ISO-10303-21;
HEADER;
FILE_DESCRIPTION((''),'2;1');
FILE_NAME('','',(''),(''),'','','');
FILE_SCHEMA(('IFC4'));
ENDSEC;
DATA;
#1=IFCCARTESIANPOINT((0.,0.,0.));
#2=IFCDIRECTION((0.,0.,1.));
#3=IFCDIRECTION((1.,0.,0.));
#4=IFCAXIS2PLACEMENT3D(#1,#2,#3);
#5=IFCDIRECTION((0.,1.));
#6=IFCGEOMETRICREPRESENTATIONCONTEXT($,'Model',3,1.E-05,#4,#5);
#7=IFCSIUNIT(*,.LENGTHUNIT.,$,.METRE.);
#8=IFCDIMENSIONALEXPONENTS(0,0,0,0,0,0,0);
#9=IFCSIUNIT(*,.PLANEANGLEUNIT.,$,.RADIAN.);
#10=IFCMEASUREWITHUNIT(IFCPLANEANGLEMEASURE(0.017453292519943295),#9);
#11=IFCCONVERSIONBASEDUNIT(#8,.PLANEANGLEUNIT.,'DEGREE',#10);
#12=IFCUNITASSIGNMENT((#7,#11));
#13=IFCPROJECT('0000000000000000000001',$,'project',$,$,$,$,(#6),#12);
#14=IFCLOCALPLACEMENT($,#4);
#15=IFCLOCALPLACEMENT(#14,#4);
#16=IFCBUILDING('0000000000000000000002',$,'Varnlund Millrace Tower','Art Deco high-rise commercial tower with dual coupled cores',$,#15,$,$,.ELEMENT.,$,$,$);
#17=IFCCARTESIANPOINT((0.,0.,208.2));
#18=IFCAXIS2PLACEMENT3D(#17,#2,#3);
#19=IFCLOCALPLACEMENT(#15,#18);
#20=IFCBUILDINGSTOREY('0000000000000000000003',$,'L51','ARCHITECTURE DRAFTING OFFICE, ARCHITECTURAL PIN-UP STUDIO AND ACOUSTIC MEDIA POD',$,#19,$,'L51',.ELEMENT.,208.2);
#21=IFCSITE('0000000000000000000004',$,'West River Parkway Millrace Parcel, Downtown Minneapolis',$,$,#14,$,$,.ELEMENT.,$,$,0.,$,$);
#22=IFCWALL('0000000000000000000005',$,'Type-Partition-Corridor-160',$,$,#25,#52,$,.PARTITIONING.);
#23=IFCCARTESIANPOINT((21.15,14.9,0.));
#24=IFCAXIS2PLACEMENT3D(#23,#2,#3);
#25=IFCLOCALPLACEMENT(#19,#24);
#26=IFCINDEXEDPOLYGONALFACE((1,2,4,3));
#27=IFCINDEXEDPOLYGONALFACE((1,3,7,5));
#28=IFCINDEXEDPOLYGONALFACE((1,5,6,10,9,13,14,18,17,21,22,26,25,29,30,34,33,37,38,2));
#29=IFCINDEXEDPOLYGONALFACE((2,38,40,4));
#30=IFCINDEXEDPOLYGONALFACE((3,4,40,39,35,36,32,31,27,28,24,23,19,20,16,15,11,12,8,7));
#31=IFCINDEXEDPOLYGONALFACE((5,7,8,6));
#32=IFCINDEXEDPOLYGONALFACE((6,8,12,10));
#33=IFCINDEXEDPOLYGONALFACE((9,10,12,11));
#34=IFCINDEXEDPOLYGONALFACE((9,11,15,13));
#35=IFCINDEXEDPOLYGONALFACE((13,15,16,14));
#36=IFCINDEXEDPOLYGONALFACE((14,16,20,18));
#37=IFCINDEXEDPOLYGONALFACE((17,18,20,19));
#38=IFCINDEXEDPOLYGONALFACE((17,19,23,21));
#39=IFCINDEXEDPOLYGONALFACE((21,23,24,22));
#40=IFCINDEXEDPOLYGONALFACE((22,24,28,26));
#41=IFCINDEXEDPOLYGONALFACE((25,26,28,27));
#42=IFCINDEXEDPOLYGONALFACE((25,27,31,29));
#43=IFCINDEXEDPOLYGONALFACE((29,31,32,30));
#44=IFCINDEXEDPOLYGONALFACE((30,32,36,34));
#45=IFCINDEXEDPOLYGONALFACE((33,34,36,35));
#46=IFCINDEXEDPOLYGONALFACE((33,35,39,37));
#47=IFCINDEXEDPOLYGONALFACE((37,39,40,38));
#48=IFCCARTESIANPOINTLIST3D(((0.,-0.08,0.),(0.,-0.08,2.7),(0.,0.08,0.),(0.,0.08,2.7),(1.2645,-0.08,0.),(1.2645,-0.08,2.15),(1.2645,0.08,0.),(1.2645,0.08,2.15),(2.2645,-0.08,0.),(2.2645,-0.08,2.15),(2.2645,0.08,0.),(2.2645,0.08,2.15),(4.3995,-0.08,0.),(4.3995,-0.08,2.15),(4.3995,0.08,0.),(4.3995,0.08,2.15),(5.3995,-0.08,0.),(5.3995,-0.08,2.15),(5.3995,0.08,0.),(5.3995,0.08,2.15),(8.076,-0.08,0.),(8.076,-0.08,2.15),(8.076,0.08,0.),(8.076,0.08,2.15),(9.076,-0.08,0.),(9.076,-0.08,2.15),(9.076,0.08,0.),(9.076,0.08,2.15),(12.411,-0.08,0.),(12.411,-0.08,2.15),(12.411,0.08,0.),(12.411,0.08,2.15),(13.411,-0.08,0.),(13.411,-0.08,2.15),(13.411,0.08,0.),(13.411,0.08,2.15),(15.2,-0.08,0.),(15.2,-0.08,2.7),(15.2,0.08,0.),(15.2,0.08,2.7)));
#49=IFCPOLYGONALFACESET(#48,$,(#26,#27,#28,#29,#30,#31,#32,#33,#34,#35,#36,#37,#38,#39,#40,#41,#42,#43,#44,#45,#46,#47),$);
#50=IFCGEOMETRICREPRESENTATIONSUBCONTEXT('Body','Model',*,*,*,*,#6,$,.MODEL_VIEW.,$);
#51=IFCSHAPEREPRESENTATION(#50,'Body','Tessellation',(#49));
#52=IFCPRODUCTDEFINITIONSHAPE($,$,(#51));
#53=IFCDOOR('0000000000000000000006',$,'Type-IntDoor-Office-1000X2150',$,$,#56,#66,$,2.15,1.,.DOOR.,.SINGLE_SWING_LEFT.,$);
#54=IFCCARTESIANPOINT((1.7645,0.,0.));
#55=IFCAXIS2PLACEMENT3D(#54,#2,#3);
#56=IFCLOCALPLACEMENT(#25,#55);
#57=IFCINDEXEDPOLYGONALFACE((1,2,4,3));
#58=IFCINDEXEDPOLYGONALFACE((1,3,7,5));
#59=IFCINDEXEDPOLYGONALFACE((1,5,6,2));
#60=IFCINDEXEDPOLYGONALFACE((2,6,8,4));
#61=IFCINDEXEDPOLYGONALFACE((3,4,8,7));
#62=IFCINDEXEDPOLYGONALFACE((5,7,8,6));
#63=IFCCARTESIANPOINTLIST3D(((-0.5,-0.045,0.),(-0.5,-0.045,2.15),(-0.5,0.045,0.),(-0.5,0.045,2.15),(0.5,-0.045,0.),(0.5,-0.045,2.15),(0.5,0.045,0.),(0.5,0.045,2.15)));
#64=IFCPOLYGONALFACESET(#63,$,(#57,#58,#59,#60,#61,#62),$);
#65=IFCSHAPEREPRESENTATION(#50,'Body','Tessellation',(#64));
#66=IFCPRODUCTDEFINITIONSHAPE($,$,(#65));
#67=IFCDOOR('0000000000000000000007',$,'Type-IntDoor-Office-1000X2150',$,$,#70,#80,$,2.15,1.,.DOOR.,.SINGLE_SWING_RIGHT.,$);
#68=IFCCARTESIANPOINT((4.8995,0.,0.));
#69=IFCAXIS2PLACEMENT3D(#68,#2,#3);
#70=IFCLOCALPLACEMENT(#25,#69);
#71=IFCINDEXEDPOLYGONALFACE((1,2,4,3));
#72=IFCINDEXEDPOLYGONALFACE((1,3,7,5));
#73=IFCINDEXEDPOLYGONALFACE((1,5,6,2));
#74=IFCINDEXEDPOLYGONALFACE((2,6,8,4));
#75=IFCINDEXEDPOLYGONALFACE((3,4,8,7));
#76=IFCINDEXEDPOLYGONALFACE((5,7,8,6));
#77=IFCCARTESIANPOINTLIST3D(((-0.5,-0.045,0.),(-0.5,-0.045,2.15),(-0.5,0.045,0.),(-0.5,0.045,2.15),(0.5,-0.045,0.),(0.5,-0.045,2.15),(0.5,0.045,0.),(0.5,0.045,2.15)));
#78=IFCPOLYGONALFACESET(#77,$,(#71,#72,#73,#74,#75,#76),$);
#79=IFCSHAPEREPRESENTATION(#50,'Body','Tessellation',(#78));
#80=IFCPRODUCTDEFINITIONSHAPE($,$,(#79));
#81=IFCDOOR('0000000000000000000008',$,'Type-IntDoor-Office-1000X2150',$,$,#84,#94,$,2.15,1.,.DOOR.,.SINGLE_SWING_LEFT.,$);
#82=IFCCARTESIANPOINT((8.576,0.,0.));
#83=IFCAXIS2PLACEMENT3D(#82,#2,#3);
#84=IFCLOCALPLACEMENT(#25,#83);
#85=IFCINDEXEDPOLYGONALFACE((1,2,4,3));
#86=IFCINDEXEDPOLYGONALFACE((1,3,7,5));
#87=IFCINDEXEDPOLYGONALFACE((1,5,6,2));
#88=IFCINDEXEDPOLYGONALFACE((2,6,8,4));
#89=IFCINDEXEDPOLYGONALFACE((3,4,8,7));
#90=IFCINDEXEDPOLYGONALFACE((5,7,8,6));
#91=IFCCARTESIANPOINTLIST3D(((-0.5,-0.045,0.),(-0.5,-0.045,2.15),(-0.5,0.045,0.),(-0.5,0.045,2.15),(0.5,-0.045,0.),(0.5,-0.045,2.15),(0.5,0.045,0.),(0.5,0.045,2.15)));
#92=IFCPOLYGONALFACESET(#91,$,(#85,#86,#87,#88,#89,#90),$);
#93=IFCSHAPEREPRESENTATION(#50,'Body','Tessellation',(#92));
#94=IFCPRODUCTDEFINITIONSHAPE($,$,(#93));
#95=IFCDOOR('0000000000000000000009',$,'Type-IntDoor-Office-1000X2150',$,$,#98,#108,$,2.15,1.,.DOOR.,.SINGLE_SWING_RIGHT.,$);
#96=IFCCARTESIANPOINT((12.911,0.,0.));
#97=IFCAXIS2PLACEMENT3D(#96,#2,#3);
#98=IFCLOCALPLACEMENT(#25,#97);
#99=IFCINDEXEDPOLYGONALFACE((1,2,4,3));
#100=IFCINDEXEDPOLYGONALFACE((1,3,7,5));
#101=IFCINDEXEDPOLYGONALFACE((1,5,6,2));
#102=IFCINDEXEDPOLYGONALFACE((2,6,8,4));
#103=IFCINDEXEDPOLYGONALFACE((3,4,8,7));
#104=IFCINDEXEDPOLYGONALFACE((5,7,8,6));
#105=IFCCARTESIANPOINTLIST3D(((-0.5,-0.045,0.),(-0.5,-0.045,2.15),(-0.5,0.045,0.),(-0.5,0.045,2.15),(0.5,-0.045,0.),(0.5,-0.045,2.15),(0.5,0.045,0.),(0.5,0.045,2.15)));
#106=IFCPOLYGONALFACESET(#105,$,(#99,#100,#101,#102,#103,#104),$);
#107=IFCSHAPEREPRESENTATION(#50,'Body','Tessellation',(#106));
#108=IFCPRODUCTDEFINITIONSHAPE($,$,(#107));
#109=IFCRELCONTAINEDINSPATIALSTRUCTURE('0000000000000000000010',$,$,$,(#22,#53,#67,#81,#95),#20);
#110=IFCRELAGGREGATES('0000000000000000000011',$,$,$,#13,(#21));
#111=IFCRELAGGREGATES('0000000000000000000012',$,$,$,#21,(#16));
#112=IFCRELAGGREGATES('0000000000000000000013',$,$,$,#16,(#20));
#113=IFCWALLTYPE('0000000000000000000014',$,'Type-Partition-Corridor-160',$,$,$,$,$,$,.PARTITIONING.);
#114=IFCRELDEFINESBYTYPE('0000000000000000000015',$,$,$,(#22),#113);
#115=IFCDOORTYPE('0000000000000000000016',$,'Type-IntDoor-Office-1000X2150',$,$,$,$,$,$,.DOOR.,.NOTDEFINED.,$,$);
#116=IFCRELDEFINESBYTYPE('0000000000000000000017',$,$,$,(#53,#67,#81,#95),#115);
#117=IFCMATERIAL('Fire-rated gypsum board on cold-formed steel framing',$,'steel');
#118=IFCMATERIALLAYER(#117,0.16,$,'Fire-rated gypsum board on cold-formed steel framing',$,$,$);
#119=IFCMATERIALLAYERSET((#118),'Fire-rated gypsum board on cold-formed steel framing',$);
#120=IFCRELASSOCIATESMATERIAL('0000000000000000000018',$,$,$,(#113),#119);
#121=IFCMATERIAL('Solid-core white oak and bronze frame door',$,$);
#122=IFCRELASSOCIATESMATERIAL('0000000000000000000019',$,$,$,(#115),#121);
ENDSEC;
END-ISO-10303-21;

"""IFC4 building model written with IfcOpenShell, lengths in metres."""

from ifc_helpers import new_model, entity, si_unit, converted_unit, direction, frame, origin_with_axes, origin_2d_with_axis, place, context, subcontext, project, spatial, polyline, rectangle, outline, extrude, material, layer, layer_set, type_object, element, fill, save


model = new_model("IFC4")

# Units and contexts
model_context = context("Model", 3, precision=1e-05, world=origin_with_axes(), true_north=direction((0.0, 1.0)))
body_context = subcontext(model_context, "Body", "Model", "MODEL_VIEW")
ifc_project = project(units=[si_unit("LENGTHUNIT", "METRE"), converted_unit("PLANEANGLEUNIT", "DEGREE", entity("IfcPlaneAngleMeasure", 0.017453292519943295), si_unit("PLANEANGLEUNIT", "RADIAN"), dimensions=[0, 0, 0, 0, 0, 0, 0])], contexts=[model_context])

# Site, building, storey
site_placement = place(None, origin_with_axes())
site = spatial("IfcSite", under=ifc_project, at=site_placement, Name="West River Parkway Millrace Parcel, Downtown Minneapolis", CompositionType="ELEMENT", RefElevation=0.0)
building_placement = place(site_placement, origin_with_axes())
building = spatial("IfcBuilding", under=site, at=building_placement, Name="Varnlund Millrace Tower", Description="Art Deco high-rise commercial tower with dual coupled cores", CompositionType="ELEMENT")
storey_placement = place(building_placement, frame((0.0, 0.0, 208.2), z_axis=(0.0, 0.0, 1.0), x_axis=(1.0, 0.0, 0.0)))
storey = spatial("IfcBuildingStorey", under=building, at=storey_placement, Name="L51", Description="ARCHITECTURE DRAFTING OFFICE, ARCHITECTURAL PIN-UP STUDIO AND ACOUSTIC MEDIA POD", LongName="L51", CompositionType="ELEMENT", Elevation=208.2)

# Shared definitions
ifc_material_1 = material(Name="Fire-rated gypsum board on cold-formed steel framing", Category="steel")
ifc_layer_1 = layer(ifc_material_1, 0.16, Name="Fire-rated gypsum board on cold-formed steel framing")
ifc_layer_set_1 = layer_set([ifc_layer_1], Name="Fire-rated gypsum board on cold-formed steel framing")
wall_type_1 = type_object("IfcWallType", Name="Type-Partition-Corridor-160", PredefinedType="PARTITIONING", material=ifc_layer_set_1)
ifc_material_2 = material(Name="Solid-core white oak and bronze frame door")
door_type_1 = type_object("IfcDoorType", Name="Type-IntDoor-Office-1000X2150", OperationType="NOTDEFINED", PredefinedType="DOOR", material=ifc_material_2)

# Wall, openings, doors
wall_1_placement = place(storey_placement, frame((21.15, 14.9, 0.0), z_axis=(0.0, 0.0, 1.0), x_axis=(1.0, 0.0, 0.0)))
wall_1 = element("IfcWall", 1, at=wall_1_placement, inside=storey, type_object=wall_type_1, Name="Type-Partition-Corridor-160", PredefinedType="PARTITIONING", context=body_context, shape_type="SweptSolid", body=[
    extrude(outline(polyline([(0.0, -0.08), (15.2, -0.08), (15.2, 0.08), (0.0, 0.08), (0.0, -0.08)])), origin_with_axes(), (0.0, 0.0, 1.0), 2.7),
])
opening_1_placement = place(wall_1_placement, frame((1.7645, 0.0, 0.0), z_axis=(0.0, 0.0, 1.0), x_axis=(1.0, 0.0, 0.0)))
opening_1 = element("IfcOpeningElement", 2, at=opening_1_placement, cuts=wall_1, PredefinedType="OPENING", context=body_context, shape_type="SweptSolid", body=[
    extrude(rectangle(XDim=1.0, YDim=0.18, at=origin_2d_with_axis()), origin_with_axes(), (0.0, 0.0, 1.0), 2.15),
])
opening_2_placement = place(wall_1_placement, frame((4.8995, 0.0, 0.0), z_axis=(0.0, 0.0, 1.0), x_axis=(1.0, 0.0, 0.0)))
opening_2 = element("IfcOpeningElement", 3, at=opening_2_placement, cuts=wall_1, PredefinedType="OPENING", context=body_context, shape_type="SweptSolid", body=[
    extrude(rectangle(XDim=1.0, YDim=0.18, at=origin_2d_with_axis()), origin_with_axes(), (0.0, 0.0, 1.0), 2.15),
])
opening_3_placement = place(wall_1_placement, frame((8.576, 0.0, 0.0), z_axis=(0.0, 0.0, 1.0), x_axis=(1.0, 0.0, 0.0)))
opening_3 = element("IfcOpeningElement", 4, at=opening_3_placement, cuts=wall_1, PredefinedType="OPENING", context=body_context, shape_type="SweptSolid", body=[
    extrude(rectangle(XDim=1.0, YDim=0.18, at=origin_2d_with_axis()), origin_with_axes(), (0.0, 0.0, 1.0), 2.15),
])
opening_4_placement = place(wall_1_placement, frame((12.911, 0.0, 0.0), z_axis=(0.0, 0.0, 1.0), x_axis=(1.0, 0.0, 0.0)))
opening_4 = element("IfcOpeningElement", 5, at=opening_4_placement, cuts=wall_1, PredefinedType="OPENING", context=body_context, shape_type="SweptSolid", body=[
    extrude(rectangle(XDim=1.0, YDim=0.18, at=origin_2d_with_axis()), origin_with_axes(), (0.0, 0.0, 1.0), 2.15),
])
door_1_placement = place(wall_1_placement, frame((1.7645, 0.0, 0.0), z_axis=(0.0, 0.0, 1.0), x_axis=(1.0, 0.0, 0.0)))
door_1 = element("IfcDoor", 6, at=door_1_placement, inside=storey, type_object=door_type_1, Name="Type-IntDoor-Office-1000X2150", OperationType="SINGLE_SWING_LEFT", OverallHeight=2.15, OverallWidth=1.0, PredefinedType="DOOR", context=body_context, shape_type="SweptSolid", body=[
    extrude(rectangle(XDim=1.0, YDim=0.09, at=origin_2d_with_axis()), origin_with_axes(), (0.0, 0.0, 1.0), 2.15),
])
fill(opening_1, door_1)
door_2_placement = place(wall_1_placement, frame((4.8995, 0.0, 0.0), z_axis=(0.0, 0.0, 1.0), x_axis=(1.0, 0.0, 0.0)))
door_2 = element("IfcDoor", 7, at=door_2_placement, inside=storey, type_object=door_type_1, Name="Type-IntDoor-Office-1000X2150", OperationType="SINGLE_SWING_RIGHT", OverallHeight=2.15, OverallWidth=1.0, PredefinedType="DOOR", context=body_context, shape_type="SweptSolid", body=[
    extrude(rectangle(XDim=1.0, YDim=0.09, at=origin_2d_with_axis()), origin_with_axes(), (0.0, 0.0, 1.0), 2.15),
])
fill(opening_2, door_2)
door_3_placement = place(wall_1_placement, frame((8.576, 0.0, 0.0), z_axis=(0.0, 0.0, 1.0), x_axis=(1.0, 0.0, 0.0)))
door_3 = element("IfcDoor", 8, at=door_3_placement, inside=storey, type_object=door_type_1, Name="Type-IntDoor-Office-1000X2150", OperationType="SINGLE_SWING_LEFT", OverallHeight=2.15, OverallWidth=1.0, PredefinedType="DOOR", context=body_context, shape_type="SweptSolid", body=[
    extrude(rectangle(XDim=1.0, YDim=0.09, at=origin_2d_with_axis()), origin_with_axes(), (0.0, 0.0, 1.0), 2.15),
])
fill(opening_3, door_3)
door_4_placement = place(wall_1_placement, frame((12.911, 0.0, 0.0), z_axis=(0.0, 0.0, 1.0), x_axis=(1.0, 0.0, 0.0)))
door_4 = element("IfcDoor", 9, at=door_4_placement, inside=storey, type_object=door_type_1, Name="Type-IntDoor-Office-1000X2150", OperationType="SINGLE_SWING_RIGHT", OverallHeight=2.15, OverallWidth=1.0, PredefinedType="DOOR", context=body_context, shape_type="SweptSolid", body=[
    extrude(rectangle(XDim=1.0, YDim=0.09, at=origin_2d_with_axis()), origin_with_axes(), (0.0, 0.0, 1.0), 2.15),
])
fill(opening_4, door_4)

save(model, "model.ifc")
